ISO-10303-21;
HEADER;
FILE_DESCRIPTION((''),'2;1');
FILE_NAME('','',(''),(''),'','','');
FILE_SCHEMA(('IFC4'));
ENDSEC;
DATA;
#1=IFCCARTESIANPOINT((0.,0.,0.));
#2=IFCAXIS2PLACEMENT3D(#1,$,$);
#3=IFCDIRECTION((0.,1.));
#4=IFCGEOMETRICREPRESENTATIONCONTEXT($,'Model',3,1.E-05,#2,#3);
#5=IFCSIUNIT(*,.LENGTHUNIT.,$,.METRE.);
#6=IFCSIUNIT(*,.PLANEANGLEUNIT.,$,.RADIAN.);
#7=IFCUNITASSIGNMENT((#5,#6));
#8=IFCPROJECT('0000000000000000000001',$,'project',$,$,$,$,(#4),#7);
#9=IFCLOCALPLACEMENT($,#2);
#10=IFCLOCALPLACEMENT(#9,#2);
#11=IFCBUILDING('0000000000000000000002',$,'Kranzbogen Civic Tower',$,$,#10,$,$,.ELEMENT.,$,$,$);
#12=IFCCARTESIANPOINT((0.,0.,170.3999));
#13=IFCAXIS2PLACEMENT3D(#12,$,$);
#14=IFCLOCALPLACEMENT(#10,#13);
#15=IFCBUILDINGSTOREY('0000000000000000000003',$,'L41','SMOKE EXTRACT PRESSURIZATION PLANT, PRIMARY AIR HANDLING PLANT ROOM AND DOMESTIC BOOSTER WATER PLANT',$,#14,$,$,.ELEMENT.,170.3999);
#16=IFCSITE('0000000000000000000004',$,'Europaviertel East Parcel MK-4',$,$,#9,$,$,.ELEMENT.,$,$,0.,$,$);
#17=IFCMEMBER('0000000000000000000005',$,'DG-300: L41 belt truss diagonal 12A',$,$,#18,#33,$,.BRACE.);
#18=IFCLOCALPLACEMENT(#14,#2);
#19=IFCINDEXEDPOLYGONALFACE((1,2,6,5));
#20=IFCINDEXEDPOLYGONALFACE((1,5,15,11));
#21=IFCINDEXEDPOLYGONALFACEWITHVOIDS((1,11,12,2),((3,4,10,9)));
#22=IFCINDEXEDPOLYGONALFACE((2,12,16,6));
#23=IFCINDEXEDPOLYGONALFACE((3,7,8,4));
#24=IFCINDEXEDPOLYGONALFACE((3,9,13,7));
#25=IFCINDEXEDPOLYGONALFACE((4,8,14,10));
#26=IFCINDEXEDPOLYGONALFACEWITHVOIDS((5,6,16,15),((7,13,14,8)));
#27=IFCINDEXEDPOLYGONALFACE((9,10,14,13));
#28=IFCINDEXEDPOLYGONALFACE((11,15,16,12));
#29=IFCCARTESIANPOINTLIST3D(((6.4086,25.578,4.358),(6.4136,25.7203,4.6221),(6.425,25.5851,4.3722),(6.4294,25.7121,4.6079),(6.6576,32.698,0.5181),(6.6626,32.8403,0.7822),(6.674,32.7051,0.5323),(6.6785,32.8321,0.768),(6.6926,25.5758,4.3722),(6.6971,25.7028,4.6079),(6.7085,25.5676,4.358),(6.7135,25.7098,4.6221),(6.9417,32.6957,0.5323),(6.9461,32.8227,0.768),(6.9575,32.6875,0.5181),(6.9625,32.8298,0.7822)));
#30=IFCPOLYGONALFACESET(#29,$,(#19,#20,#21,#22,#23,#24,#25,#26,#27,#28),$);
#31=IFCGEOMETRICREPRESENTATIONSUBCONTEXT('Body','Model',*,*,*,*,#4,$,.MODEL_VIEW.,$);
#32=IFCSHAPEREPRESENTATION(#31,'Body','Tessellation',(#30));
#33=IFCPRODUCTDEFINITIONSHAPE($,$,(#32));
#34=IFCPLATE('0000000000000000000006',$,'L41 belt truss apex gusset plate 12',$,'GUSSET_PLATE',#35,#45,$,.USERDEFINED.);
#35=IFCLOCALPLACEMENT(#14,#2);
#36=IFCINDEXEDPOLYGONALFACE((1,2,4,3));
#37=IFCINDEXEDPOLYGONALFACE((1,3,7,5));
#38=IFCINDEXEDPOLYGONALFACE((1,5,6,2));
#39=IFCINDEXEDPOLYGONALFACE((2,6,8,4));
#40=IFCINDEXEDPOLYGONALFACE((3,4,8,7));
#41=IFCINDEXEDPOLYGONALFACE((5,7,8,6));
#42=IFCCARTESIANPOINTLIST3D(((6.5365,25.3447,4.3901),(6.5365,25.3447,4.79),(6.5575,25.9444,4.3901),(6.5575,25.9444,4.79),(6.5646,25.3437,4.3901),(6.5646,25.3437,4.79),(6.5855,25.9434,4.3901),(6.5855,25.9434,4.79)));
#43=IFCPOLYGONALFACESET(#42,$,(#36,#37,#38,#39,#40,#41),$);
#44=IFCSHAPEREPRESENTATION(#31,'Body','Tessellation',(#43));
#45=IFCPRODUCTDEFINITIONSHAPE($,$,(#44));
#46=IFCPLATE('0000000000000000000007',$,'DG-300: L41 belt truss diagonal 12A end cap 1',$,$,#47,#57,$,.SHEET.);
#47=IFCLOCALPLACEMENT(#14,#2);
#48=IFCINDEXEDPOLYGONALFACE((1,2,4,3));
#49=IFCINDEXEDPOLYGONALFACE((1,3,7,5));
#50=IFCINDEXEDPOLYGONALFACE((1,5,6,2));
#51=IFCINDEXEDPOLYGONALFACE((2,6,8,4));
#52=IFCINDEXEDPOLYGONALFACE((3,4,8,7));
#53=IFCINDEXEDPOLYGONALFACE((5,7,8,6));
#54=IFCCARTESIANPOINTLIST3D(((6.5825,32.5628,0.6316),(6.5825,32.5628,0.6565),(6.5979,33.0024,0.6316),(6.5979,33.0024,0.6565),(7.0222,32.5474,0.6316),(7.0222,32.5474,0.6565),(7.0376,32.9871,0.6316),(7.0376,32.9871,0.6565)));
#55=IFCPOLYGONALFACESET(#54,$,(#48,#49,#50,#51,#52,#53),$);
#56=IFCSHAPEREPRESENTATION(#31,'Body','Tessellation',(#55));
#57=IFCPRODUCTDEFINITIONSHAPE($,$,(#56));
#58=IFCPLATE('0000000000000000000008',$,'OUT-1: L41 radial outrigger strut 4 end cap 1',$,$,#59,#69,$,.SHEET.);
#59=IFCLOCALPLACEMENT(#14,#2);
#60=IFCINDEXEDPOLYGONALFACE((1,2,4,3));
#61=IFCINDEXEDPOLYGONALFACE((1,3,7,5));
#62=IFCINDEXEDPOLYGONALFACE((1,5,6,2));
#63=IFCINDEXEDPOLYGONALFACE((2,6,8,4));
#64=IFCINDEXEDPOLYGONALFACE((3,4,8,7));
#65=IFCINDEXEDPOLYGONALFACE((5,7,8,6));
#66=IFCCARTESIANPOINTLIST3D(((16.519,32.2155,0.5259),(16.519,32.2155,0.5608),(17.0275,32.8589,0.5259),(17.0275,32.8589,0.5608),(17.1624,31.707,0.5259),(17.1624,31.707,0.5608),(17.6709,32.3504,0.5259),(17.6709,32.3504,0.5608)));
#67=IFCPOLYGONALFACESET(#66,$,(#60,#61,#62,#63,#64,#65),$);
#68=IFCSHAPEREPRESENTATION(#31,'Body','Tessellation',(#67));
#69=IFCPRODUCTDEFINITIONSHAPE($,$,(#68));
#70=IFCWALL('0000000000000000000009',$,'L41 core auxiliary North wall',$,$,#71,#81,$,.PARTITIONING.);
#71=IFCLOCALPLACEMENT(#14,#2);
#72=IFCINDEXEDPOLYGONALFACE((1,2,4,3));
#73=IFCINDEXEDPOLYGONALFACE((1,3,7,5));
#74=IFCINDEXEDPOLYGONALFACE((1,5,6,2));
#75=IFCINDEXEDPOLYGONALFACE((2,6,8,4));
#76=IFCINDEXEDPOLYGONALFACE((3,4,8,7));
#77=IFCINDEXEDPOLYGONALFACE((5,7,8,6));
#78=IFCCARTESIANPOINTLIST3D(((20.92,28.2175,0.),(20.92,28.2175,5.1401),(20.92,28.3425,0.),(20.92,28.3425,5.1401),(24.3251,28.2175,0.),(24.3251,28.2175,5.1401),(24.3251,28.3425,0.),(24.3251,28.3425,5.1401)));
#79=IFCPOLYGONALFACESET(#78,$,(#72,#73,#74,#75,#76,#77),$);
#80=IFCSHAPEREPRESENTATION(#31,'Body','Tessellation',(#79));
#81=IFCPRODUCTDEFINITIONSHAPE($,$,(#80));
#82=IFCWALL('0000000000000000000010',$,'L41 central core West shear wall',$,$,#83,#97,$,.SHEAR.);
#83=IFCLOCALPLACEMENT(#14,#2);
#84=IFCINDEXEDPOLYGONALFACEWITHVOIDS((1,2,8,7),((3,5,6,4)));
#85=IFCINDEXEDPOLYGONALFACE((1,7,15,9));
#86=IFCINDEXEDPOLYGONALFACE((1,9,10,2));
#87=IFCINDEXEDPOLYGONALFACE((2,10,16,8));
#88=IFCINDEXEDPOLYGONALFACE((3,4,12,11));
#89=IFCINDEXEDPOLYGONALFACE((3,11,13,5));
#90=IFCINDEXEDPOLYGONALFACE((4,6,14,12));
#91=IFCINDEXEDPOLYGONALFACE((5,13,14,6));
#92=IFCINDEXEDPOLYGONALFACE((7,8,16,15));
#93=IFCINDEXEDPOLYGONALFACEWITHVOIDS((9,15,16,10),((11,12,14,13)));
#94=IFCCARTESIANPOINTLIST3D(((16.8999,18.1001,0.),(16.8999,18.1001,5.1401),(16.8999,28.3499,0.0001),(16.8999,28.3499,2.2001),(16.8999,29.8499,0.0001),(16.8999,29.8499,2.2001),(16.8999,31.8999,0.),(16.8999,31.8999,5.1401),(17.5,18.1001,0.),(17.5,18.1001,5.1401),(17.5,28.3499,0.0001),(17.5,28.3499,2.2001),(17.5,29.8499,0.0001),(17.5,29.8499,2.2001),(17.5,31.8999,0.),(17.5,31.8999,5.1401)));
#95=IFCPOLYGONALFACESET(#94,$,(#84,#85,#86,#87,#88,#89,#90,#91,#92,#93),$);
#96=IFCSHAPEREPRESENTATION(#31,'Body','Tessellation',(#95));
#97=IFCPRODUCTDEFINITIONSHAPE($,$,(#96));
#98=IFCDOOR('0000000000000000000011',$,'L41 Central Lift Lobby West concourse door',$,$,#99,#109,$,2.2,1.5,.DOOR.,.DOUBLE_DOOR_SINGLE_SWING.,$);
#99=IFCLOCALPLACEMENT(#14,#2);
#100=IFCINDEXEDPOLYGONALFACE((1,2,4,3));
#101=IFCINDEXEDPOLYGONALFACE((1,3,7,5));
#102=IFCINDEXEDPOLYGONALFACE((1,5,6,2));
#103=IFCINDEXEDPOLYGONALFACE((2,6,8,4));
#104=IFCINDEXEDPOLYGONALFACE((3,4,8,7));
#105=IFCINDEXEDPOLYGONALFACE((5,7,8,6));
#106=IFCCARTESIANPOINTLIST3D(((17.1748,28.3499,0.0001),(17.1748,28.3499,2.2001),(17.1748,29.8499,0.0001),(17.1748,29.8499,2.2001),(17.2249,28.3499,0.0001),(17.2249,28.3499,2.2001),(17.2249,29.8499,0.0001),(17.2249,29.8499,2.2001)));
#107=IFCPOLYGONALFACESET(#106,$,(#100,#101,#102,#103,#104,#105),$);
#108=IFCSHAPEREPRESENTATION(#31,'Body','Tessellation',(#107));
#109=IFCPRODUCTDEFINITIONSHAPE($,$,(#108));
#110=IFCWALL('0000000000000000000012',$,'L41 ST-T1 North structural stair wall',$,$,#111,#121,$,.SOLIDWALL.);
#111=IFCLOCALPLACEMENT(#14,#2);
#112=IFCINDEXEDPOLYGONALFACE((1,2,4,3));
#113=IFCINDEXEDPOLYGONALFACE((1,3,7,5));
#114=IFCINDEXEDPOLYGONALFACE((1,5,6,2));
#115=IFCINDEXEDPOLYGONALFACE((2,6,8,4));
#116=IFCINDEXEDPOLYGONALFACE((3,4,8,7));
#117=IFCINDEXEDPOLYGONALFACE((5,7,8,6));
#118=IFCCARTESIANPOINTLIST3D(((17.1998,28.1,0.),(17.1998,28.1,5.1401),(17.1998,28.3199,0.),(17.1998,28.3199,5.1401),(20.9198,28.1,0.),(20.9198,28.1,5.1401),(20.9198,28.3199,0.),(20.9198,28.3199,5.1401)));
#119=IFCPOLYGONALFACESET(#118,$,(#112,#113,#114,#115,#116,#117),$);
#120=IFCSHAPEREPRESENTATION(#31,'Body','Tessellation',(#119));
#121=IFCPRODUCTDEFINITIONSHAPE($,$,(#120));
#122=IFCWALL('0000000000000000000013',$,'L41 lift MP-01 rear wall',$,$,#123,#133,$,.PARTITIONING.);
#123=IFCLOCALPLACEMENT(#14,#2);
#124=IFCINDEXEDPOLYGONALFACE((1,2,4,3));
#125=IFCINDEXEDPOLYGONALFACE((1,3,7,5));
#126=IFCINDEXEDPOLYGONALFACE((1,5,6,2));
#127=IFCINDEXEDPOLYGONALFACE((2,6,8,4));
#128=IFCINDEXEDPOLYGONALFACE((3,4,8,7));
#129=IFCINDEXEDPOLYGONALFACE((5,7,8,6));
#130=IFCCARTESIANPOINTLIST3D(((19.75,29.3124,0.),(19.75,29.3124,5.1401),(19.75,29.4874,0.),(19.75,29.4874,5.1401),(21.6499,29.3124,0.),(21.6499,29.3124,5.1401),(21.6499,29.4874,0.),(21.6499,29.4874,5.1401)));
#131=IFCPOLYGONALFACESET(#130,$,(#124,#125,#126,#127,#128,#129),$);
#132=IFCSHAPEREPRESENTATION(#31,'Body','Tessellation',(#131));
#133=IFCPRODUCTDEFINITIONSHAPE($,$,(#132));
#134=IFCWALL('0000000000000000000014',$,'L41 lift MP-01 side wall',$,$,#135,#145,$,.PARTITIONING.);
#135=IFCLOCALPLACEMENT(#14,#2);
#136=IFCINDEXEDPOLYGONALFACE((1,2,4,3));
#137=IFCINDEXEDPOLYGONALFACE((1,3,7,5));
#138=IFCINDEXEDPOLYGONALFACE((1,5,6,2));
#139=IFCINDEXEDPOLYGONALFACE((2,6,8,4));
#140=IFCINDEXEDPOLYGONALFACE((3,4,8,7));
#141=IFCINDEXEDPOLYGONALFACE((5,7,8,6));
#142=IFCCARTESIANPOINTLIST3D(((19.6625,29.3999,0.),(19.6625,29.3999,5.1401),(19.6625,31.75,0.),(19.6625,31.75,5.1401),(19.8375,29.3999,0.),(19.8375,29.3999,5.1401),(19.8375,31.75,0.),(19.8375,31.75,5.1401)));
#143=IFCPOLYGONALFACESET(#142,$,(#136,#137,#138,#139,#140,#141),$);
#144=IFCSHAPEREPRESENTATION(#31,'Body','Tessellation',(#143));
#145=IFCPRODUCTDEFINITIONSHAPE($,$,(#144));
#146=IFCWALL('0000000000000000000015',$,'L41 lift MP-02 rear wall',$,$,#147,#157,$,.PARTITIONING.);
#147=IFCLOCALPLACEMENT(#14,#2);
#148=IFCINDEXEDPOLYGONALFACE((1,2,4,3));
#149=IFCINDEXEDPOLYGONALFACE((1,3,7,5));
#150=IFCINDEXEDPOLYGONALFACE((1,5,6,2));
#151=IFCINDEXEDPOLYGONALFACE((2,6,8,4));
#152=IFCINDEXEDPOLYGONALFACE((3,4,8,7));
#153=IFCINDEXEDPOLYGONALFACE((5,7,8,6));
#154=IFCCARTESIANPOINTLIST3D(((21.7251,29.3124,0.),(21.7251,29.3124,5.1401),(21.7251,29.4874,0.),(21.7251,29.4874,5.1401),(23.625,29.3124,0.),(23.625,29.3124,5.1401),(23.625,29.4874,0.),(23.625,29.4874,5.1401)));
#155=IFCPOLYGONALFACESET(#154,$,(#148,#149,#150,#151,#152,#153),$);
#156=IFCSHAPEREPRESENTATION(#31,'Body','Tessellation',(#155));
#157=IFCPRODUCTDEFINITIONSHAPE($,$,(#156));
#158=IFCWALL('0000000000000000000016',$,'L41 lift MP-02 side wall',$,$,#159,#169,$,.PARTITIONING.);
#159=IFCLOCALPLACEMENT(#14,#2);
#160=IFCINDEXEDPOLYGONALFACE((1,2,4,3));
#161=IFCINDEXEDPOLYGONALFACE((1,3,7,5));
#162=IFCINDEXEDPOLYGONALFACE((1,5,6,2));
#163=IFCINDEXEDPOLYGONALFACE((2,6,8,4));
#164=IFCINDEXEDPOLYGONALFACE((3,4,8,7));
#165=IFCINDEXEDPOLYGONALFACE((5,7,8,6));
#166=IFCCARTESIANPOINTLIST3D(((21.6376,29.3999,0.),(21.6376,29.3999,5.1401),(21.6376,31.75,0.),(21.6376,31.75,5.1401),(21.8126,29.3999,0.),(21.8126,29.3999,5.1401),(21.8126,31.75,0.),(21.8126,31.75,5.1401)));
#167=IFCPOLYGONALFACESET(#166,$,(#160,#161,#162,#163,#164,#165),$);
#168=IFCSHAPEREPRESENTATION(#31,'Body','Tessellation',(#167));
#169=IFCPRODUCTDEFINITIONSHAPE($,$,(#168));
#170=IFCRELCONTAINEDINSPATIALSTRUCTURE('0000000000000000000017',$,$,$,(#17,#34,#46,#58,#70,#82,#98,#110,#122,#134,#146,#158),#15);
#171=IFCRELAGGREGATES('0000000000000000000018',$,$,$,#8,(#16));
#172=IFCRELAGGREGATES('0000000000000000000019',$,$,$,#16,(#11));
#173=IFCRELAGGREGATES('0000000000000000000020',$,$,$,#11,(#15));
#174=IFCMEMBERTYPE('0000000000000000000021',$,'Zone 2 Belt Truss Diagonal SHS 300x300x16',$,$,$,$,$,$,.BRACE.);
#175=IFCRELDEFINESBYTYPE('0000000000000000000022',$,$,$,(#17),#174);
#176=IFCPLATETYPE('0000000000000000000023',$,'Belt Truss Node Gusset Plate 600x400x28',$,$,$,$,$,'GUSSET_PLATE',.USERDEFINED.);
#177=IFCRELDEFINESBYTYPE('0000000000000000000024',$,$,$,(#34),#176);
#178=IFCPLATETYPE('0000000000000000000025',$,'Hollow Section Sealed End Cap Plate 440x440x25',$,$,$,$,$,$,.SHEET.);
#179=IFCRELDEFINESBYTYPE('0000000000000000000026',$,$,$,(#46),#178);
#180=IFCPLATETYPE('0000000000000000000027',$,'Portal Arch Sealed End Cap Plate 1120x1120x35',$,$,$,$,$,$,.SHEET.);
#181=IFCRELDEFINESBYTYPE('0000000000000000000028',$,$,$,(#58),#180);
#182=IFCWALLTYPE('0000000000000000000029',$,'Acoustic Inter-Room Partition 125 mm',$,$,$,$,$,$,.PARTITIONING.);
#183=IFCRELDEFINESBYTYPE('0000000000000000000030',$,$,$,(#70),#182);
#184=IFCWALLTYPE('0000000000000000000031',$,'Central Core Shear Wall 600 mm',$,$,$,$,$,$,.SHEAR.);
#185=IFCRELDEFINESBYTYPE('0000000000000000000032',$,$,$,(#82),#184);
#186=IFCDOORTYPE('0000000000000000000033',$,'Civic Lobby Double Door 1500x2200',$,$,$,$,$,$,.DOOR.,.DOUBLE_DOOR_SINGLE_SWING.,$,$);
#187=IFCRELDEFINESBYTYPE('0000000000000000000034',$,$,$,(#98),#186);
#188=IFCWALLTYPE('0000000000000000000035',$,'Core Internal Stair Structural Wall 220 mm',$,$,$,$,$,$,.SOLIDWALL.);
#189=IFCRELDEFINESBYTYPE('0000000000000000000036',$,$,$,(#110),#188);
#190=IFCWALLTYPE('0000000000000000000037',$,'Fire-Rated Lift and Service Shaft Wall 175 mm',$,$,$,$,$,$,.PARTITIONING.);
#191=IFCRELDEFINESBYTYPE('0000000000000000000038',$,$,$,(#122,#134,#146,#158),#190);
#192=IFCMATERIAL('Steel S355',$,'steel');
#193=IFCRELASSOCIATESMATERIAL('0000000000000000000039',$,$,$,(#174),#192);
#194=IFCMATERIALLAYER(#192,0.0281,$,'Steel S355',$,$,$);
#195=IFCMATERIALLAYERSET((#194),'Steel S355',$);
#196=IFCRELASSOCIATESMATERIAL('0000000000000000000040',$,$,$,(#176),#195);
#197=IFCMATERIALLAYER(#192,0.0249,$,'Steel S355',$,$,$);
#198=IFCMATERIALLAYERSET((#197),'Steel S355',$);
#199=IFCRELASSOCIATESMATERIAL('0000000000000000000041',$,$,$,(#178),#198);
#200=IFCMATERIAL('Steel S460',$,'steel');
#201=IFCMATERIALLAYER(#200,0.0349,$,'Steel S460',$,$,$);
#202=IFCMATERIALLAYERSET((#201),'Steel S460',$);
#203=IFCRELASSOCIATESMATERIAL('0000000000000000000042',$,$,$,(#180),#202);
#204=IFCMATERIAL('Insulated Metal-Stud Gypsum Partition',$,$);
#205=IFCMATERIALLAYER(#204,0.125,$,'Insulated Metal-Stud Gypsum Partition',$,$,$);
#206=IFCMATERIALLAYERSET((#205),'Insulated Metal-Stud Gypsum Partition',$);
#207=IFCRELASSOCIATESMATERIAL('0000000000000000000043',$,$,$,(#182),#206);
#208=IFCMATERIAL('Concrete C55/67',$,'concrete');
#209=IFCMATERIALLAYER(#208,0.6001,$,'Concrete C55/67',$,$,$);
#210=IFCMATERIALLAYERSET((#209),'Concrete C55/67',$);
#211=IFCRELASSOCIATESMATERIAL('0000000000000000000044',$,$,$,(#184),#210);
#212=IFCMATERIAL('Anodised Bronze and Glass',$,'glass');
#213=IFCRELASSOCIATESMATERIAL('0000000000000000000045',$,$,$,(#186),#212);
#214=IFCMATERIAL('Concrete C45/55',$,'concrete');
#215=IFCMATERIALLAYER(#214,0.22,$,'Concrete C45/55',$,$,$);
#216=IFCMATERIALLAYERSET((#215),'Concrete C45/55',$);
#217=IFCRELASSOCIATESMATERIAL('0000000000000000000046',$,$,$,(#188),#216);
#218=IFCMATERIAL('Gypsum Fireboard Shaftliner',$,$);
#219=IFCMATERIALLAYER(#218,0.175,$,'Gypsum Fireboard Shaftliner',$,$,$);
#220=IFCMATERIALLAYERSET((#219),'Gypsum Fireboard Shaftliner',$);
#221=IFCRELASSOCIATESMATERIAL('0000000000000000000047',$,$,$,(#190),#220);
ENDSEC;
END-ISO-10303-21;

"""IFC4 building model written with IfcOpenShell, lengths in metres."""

from ifc_helpers import new_model, si_unit, direction, frame, frame_2d, origin, origin_2d, place, context, subcontext, project, spatial, rectangle, hollow_rectangle, extrude, material, layer, layer_set, material_profile, profile_set, type_object, element, fill, save


model = new_model("IFC4")

# Units and contexts
model_context = context("Model", 3, precision=1e-05, world=origin(), true_north=direction((0.0, 1.0)))
body_context = subcontext(model_context, "Body", "Model", "MODEL_VIEW")
ifc_project = project(units=[si_unit("LENGTHUNIT", "METRE"), si_unit("PLANEANGLEUNIT", "RADIAN")], contexts=[model_context])

# Site, building, storey
site_placement = place(None, origin())
site = spatial("IfcSite", under=ifc_project, at=site_placement, Name="Europaviertel East Parcel MK-4", CompositionType="ELEMENT", RefElevation=0.0)
building_placement = place(site_placement, origin())
building = spatial("IfcBuilding", under=site, at=building_placement, Name="Kranzbogen Civic Tower", CompositionType="ELEMENT")
storey_placement = place(building_placement, frame((0.0, 0.0, 170.3999)))
storey = spatial("IfcBuildingStorey", under=building, at=storey_placement, Name="L41", Description="SMOKE EXTRACT PRESSURIZATION PLANT, PRIMARY AIR HANDLING PLANT ROOM AND DOMESTIC BOOSTER WATER PLANT", CompositionType="ELEMENT", Elevation=170.3999)

# Shared definitions
ifc_material_1 = material(Name="Steel S460", Category="steel")

# Shared definitions
ifc_material_2 = material(Name="Steel S355", Category="steel")

# Member
ifc_material_profile_1 = material_profile(ifc_material_2, hollow_rectangle(XDim=0.3, YDim=0.3, WallThickness=0.0161, at=origin_2d()), Name="SHS 300x300x16")
ifc_profile_set_1 = profile_set([ifc_material_profile_1], Name="Steel S355")
member_type_1 = type_object("IfcMemberType", Name="Zone 2 Belt Truss Diagonal SHS 300x300x16", PredefinedType="BRACE", material=ifc_profile_set_1)
member_1_placement = place(storey_placement, frame((6.8101, 32.7639, 0.6501), z_axis=(-0.03077, -0.879741, 0.474456), x_axis=(0.999389, -0.034954, 0.0)))
element("IfcMember", 1, at=member_1_placement, inside=storey, type_object=member_type_1, Name="DG-300: L41 belt truss diagonal 12A", PredefinedType="BRACE", context=body_context, shape_type="SweptSolid", body=[
    extrude(hollow_rectangle(XDim=0.3, YDim=0.3, WallThickness=0.0161, at=origin_2d()), origin(), (0.0, 0.0, 1.0), 8.0933),
])

# Plates
ifc_layer_1 = layer(ifc_material_2, 0.0281, Name="Steel S355")
ifc_layer_set_1 = layer_set([ifc_layer_1], Name="Steel S355")
plate_type_1 = type_object("IfcPlateType", Name="Belt Truss Node Gusset Plate 600x400x28", ElementType="GUSSET_PLATE", PredefinedType="USERDEFINED", material=ifc_layer_set_1)
plate_1_placement = place(storey_placement, frame((6.561, 25.644, 4.3901), z_axis=(0.0, 0.0, 1.0), x_axis=(-0.034917, -0.99939, 0.0)))
element("IfcPlate", 2, at=plate_1_placement, inside=storey, type_object=plate_type_1, Name="L41 belt truss apex gusset plate 12", ObjectType="GUSSET_PLATE", PredefinedType="USERDEFINED", context=body_context, shape_type="SweptSolid", body=[
    extrude(rectangle(XDim=0.6001, YDim=0.0281, at=origin_2d()), origin(), (0.0, 0.0, 1.0), 0.3999),
])
ifc_layer_2 = layer(ifc_material_2, 0.0249, Name="Steel S355")
ifc_layer_set_2 = layer_set([ifc_layer_2], Name="Steel S355")
plate_type_2 = type_object("IfcPlateType", Name="Hollow Section Sealed End Cap Plate 440x440x25", PredefinedType="SHEET", material=ifc_layer_set_2)
plate_2_placement = place(storey_placement, frame((6.8101, 32.7749, 0.6316), z_axis=(0.0, 0.0, 1.0), x_axis=(-0.034952, -0.999389, 0.0)))
element("IfcPlate", 3, at=plate_2_placement, inside=storey, type_object=plate_type_2, Name="DG-300: L41 belt truss diagonal 12A end cap 1", PredefinedType="SHEET", context=body_context, shape_type="SweptSolid", body=[
    extrude(rectangle(XDim=0.4399, YDim=0.4399, at=origin_2d()), origin(), (0.0, 0.0, 1.0), 0.0249),
])
ifc_layer_3 = layer(ifc_material_1, 0.0349, Name="Steel S460")
ifc_layer_set_3 = layer_set([ifc_layer_3], Name="Steel S460")
plate_type_3 = type_object("IfcPlateType", Name="Portal Arch Sealed End Cap Plate 1120x1120x35", PredefinedType="SHEET", material=ifc_layer_set_3)
plate_3_placement = place(storey_placement, frame((17.095, 32.283, 0.5259), z_axis=(0.0, 0.0, 1.0), x_axis=(-0.78456, 0.620053, 0.0)))
element("IfcPlate", 4, at=plate_3_placement, inside=storey, type_object=plate_type_3, Name="OUT-1: L41 radial outrigger strut 4 end cap 1", PredefinedType="SHEET", context=body_context, shape_type="SweptSolid", body=[
    extrude(rectangle(XDim=0.8201, YDim=0.8201, at=origin_2d()), origin(), (0.0, 0.0, 1.0), 0.0349),
])

# Wall
ifc_material_3 = material(Name="Insulated Metal-Stud Gypsum Partition")
ifc_layer_4 = layer(ifc_material_3, 0.125, Name="Insulated Metal-Stud Gypsum Partition")
ifc_layer_set_4 = layer_set([ifc_layer_4], Name="Insulated Metal-Stud Gypsum Partition")
wall_type_1 = type_object("IfcWallType", Name="Acoustic Inter-Room Partition 125 mm", PredefinedType="PARTITIONING", material=ifc_layer_set_4)
wall_1_placement = place(storey_placement, frame((20.9199, 28.28, 0.0), z_axis=(0.0, 0.0, 1.0), x_axis=(1.0, 0.0, 0.0)))
element("IfcWall", 5, at=wall_1_placement, inside=storey, type_object=wall_type_1, Name="L41 core auxiliary North wall", PredefinedType="PARTITIONING", context=body_context, shape_type="SweptSolid", body=[
    extrude(rectangle(XDim=3.405, YDim=0.125, at=frame_2d((1.7026, 0.0))), origin(), (0.0, 0.0, 1.0), 5.1401),
])

# Wall, opening, door
ifc_material_4 = material(Name="Concrete C55/67", Category="concrete")
ifc_layer_5 = layer(ifc_material_4, 0.6001, Name="Concrete C55/67")
ifc_layer_set_5 = layer_set([ifc_layer_5], Name="Concrete C55/67")
wall_type_2 = type_object("IfcWallType", Name="Central Core Shear Wall 600 mm", PredefinedType="SHEAR", material=ifc_layer_set_5)
wall_2_placement = place(storey_placement, frame((17.2, 31.8999, 0.0), z_axis=(0.0, 0.0, 1.0), x_axis=(0.0, -1.0, 0.0)))
wall_2 = element("IfcWall", 6, at=wall_2_placement, inside=storey, type_object=wall_type_2, Name="L41 central core West shear wall", PredefinedType="SHEAR", context=body_context, shape_type="SweptSolid", body=[
    extrude(rectangle(XDim=13.7998, YDim=0.6001, at=frame_2d((6.8999, 0.0))), origin(), (0.0, 0.0, 1.0), 5.1401),
])
opening_placement = place(wall_2_placement, frame((2.05, 0.0, 0.0)))
opening = element("IfcOpeningElement", 7, at=opening_placement, cuts=wall_2, PredefinedType="OPENING", context=body_context, shape_type="SweptSolid", body=[
    extrude(rectangle(XDim=1.5, YDim=2.2, at=frame_2d((0.75, 1.1001))), frame((0.0, 0.3101, 0.0), z_axis=(0.0, -1.0, 0.0), x_axis=(1.0, 0.0, 0.0)), (0.0, 0.0, 1.0), 0.6201),
])
ifc_material_5 = material(Name="Anodised Bronze and Glass", Category="glass")
door_type = type_object("IfcDoorType", Name="Civic Lobby Double Door 1500x2200", OperationType="DOUBLE_DOOR_SINGLE_SWING", PredefinedType="DOOR", material=ifc_material_5)
door_placement = place(opening_placement, origin())
door = element("IfcDoor", 8, at=door_placement, inside=storey, type_object=door_type, Name="L41 Central Lift Lobby West concourse door", OperationType="DOUBLE_DOOR_SINGLE_SWING", OverallHeight=2.2, OverallWidth=1.5, PredefinedType="DOOR", context=body_context, shape_type="SweptSolid", body=[
    extrude(rectangle(XDim=1.5, YDim=2.2, at=frame_2d((0.75, 1.1001))), frame((0.0, 0.0249, 0.0), z_axis=(0.0, -1.0, 0.0), x_axis=(1.0, 0.0, 0.0)), (0.0, 0.0, 1.0), 0.05),
])
fill(opening, door)

# Walls
ifc_material_6 = material(Name="Concrete C45/55", Category="concrete")
ifc_layer_6 = layer(ifc_material_6, 0.22, Name="Concrete C45/55")
ifc_layer_set_6 = layer_set([ifc_layer_6], Name="Concrete C45/55")
wall_type_3 = type_object("IfcWallType", Name="Core Internal Stair Structural Wall 220 mm", PredefinedType="SOLIDWALL", material=ifc_layer_set_6)
wall_3_placement = place(storey_placement, frame((17.2, 28.21, 0.0), z_axis=(0.0, 0.0, 1.0), x_axis=(1.0, 0.0, 0.0)))
element("IfcWall", 9, at=wall_3_placement, inside=storey, type_object=wall_type_3, Name="L41 ST-T1 North structural stair wall", PredefinedType="SOLIDWALL", context=body_context, shape_type="SweptSolid", body=[
    extrude(rectangle(XDim=3.72, YDim=0.22, at=frame_2d((1.8599, 0.0))), origin(), (0.0, 0.0, 1.0), 5.1401),
])
ifc_material_7 = material(Name="Gypsum Fireboard Shaftliner")
ifc_layer_7 = layer(ifc_material_7, 0.175, Name="Gypsum Fireboard Shaftliner")
ifc_layer_set_7 = layer_set([ifc_layer_7], Name="Gypsum Fireboard Shaftliner")
wall_type_4 = type_object("IfcWallType", Name="Fire-Rated Lift and Service Shaft Wall 175 mm", PredefinedType="PARTITIONING", material=ifc_layer_set_7)
wall_4_placement = place(storey_placement, frame((19.75, 29.3999, 0.0), z_axis=(0.0, 0.0, 1.0), x_axis=(1.0, 0.0, 0.0)))
element("IfcWall", 10, at=wall_4_placement, inside=storey, type_object=wall_type_4, Name="L41 lift MP-01 rear wall", PredefinedType="PARTITIONING", context=body_context, shape_type="SweptSolid", body=[
    extrude(rectangle(XDim=1.8999, YDim=0.175, at=frame_2d((0.95, 0.0))), origin(), (0.0, 0.0, 1.0), 5.1401),
])
wall_5_placement = place(storey_placement, frame((19.75, 29.3999, 0.0), z_axis=(0.0, 0.0, 1.0), x_axis=(0.0, 1.0, 0.0)))
element("IfcWall", 11, at=wall_5_placement, inside=storey, type_object=wall_type_4, Name="L41 lift MP-01 side wall", PredefinedType="PARTITIONING", context=body_context, shape_type="SweptSolid", body=[
    extrude(rectangle(XDim=2.3501, YDim=0.175, at=frame_2d((1.175, 0.0))), origin(), (0.0, 0.0, 1.0), 5.1401),
])
wall_6_placement = place(storey_placement, frame((21.7251, 29.3999, 0.0), z_axis=(0.0, 0.0, 1.0), x_axis=(1.0, 0.0, 0.0)))
element("IfcWall", 12, at=wall_6_placement, inside=storey, type_object=wall_type_4, Name="L41 lift MP-02 rear wall", PredefinedType="PARTITIONING", context=body_context, shape_type="SweptSolid", body=[
    extrude(rectangle(XDim=1.8999, YDim=0.175, at=frame_2d((0.95, 0.0))), origin(), (0.0, 0.0, 1.0), 5.1401),
])
wall_7_placement = place(storey_placement, frame((21.7251, 29.3999, 0.0), z_axis=(0.0, 0.0, 1.0), x_axis=(0.0, 1.0, 0.0)))
element("IfcWall", 13, at=wall_7_placement, inside=storey, type_object=wall_type_4, Name="L41 lift MP-02 side wall", PredefinedType="PARTITIONING", context=body_context, shape_type="SweptSolid", body=[
    extrude(rectangle(XDim=2.3501, YDim=0.175, at=frame_2d((1.175, 0.0))), origin(), (0.0, 0.0, 1.0), 5.1401),
])

save(model, "model.ifc")
